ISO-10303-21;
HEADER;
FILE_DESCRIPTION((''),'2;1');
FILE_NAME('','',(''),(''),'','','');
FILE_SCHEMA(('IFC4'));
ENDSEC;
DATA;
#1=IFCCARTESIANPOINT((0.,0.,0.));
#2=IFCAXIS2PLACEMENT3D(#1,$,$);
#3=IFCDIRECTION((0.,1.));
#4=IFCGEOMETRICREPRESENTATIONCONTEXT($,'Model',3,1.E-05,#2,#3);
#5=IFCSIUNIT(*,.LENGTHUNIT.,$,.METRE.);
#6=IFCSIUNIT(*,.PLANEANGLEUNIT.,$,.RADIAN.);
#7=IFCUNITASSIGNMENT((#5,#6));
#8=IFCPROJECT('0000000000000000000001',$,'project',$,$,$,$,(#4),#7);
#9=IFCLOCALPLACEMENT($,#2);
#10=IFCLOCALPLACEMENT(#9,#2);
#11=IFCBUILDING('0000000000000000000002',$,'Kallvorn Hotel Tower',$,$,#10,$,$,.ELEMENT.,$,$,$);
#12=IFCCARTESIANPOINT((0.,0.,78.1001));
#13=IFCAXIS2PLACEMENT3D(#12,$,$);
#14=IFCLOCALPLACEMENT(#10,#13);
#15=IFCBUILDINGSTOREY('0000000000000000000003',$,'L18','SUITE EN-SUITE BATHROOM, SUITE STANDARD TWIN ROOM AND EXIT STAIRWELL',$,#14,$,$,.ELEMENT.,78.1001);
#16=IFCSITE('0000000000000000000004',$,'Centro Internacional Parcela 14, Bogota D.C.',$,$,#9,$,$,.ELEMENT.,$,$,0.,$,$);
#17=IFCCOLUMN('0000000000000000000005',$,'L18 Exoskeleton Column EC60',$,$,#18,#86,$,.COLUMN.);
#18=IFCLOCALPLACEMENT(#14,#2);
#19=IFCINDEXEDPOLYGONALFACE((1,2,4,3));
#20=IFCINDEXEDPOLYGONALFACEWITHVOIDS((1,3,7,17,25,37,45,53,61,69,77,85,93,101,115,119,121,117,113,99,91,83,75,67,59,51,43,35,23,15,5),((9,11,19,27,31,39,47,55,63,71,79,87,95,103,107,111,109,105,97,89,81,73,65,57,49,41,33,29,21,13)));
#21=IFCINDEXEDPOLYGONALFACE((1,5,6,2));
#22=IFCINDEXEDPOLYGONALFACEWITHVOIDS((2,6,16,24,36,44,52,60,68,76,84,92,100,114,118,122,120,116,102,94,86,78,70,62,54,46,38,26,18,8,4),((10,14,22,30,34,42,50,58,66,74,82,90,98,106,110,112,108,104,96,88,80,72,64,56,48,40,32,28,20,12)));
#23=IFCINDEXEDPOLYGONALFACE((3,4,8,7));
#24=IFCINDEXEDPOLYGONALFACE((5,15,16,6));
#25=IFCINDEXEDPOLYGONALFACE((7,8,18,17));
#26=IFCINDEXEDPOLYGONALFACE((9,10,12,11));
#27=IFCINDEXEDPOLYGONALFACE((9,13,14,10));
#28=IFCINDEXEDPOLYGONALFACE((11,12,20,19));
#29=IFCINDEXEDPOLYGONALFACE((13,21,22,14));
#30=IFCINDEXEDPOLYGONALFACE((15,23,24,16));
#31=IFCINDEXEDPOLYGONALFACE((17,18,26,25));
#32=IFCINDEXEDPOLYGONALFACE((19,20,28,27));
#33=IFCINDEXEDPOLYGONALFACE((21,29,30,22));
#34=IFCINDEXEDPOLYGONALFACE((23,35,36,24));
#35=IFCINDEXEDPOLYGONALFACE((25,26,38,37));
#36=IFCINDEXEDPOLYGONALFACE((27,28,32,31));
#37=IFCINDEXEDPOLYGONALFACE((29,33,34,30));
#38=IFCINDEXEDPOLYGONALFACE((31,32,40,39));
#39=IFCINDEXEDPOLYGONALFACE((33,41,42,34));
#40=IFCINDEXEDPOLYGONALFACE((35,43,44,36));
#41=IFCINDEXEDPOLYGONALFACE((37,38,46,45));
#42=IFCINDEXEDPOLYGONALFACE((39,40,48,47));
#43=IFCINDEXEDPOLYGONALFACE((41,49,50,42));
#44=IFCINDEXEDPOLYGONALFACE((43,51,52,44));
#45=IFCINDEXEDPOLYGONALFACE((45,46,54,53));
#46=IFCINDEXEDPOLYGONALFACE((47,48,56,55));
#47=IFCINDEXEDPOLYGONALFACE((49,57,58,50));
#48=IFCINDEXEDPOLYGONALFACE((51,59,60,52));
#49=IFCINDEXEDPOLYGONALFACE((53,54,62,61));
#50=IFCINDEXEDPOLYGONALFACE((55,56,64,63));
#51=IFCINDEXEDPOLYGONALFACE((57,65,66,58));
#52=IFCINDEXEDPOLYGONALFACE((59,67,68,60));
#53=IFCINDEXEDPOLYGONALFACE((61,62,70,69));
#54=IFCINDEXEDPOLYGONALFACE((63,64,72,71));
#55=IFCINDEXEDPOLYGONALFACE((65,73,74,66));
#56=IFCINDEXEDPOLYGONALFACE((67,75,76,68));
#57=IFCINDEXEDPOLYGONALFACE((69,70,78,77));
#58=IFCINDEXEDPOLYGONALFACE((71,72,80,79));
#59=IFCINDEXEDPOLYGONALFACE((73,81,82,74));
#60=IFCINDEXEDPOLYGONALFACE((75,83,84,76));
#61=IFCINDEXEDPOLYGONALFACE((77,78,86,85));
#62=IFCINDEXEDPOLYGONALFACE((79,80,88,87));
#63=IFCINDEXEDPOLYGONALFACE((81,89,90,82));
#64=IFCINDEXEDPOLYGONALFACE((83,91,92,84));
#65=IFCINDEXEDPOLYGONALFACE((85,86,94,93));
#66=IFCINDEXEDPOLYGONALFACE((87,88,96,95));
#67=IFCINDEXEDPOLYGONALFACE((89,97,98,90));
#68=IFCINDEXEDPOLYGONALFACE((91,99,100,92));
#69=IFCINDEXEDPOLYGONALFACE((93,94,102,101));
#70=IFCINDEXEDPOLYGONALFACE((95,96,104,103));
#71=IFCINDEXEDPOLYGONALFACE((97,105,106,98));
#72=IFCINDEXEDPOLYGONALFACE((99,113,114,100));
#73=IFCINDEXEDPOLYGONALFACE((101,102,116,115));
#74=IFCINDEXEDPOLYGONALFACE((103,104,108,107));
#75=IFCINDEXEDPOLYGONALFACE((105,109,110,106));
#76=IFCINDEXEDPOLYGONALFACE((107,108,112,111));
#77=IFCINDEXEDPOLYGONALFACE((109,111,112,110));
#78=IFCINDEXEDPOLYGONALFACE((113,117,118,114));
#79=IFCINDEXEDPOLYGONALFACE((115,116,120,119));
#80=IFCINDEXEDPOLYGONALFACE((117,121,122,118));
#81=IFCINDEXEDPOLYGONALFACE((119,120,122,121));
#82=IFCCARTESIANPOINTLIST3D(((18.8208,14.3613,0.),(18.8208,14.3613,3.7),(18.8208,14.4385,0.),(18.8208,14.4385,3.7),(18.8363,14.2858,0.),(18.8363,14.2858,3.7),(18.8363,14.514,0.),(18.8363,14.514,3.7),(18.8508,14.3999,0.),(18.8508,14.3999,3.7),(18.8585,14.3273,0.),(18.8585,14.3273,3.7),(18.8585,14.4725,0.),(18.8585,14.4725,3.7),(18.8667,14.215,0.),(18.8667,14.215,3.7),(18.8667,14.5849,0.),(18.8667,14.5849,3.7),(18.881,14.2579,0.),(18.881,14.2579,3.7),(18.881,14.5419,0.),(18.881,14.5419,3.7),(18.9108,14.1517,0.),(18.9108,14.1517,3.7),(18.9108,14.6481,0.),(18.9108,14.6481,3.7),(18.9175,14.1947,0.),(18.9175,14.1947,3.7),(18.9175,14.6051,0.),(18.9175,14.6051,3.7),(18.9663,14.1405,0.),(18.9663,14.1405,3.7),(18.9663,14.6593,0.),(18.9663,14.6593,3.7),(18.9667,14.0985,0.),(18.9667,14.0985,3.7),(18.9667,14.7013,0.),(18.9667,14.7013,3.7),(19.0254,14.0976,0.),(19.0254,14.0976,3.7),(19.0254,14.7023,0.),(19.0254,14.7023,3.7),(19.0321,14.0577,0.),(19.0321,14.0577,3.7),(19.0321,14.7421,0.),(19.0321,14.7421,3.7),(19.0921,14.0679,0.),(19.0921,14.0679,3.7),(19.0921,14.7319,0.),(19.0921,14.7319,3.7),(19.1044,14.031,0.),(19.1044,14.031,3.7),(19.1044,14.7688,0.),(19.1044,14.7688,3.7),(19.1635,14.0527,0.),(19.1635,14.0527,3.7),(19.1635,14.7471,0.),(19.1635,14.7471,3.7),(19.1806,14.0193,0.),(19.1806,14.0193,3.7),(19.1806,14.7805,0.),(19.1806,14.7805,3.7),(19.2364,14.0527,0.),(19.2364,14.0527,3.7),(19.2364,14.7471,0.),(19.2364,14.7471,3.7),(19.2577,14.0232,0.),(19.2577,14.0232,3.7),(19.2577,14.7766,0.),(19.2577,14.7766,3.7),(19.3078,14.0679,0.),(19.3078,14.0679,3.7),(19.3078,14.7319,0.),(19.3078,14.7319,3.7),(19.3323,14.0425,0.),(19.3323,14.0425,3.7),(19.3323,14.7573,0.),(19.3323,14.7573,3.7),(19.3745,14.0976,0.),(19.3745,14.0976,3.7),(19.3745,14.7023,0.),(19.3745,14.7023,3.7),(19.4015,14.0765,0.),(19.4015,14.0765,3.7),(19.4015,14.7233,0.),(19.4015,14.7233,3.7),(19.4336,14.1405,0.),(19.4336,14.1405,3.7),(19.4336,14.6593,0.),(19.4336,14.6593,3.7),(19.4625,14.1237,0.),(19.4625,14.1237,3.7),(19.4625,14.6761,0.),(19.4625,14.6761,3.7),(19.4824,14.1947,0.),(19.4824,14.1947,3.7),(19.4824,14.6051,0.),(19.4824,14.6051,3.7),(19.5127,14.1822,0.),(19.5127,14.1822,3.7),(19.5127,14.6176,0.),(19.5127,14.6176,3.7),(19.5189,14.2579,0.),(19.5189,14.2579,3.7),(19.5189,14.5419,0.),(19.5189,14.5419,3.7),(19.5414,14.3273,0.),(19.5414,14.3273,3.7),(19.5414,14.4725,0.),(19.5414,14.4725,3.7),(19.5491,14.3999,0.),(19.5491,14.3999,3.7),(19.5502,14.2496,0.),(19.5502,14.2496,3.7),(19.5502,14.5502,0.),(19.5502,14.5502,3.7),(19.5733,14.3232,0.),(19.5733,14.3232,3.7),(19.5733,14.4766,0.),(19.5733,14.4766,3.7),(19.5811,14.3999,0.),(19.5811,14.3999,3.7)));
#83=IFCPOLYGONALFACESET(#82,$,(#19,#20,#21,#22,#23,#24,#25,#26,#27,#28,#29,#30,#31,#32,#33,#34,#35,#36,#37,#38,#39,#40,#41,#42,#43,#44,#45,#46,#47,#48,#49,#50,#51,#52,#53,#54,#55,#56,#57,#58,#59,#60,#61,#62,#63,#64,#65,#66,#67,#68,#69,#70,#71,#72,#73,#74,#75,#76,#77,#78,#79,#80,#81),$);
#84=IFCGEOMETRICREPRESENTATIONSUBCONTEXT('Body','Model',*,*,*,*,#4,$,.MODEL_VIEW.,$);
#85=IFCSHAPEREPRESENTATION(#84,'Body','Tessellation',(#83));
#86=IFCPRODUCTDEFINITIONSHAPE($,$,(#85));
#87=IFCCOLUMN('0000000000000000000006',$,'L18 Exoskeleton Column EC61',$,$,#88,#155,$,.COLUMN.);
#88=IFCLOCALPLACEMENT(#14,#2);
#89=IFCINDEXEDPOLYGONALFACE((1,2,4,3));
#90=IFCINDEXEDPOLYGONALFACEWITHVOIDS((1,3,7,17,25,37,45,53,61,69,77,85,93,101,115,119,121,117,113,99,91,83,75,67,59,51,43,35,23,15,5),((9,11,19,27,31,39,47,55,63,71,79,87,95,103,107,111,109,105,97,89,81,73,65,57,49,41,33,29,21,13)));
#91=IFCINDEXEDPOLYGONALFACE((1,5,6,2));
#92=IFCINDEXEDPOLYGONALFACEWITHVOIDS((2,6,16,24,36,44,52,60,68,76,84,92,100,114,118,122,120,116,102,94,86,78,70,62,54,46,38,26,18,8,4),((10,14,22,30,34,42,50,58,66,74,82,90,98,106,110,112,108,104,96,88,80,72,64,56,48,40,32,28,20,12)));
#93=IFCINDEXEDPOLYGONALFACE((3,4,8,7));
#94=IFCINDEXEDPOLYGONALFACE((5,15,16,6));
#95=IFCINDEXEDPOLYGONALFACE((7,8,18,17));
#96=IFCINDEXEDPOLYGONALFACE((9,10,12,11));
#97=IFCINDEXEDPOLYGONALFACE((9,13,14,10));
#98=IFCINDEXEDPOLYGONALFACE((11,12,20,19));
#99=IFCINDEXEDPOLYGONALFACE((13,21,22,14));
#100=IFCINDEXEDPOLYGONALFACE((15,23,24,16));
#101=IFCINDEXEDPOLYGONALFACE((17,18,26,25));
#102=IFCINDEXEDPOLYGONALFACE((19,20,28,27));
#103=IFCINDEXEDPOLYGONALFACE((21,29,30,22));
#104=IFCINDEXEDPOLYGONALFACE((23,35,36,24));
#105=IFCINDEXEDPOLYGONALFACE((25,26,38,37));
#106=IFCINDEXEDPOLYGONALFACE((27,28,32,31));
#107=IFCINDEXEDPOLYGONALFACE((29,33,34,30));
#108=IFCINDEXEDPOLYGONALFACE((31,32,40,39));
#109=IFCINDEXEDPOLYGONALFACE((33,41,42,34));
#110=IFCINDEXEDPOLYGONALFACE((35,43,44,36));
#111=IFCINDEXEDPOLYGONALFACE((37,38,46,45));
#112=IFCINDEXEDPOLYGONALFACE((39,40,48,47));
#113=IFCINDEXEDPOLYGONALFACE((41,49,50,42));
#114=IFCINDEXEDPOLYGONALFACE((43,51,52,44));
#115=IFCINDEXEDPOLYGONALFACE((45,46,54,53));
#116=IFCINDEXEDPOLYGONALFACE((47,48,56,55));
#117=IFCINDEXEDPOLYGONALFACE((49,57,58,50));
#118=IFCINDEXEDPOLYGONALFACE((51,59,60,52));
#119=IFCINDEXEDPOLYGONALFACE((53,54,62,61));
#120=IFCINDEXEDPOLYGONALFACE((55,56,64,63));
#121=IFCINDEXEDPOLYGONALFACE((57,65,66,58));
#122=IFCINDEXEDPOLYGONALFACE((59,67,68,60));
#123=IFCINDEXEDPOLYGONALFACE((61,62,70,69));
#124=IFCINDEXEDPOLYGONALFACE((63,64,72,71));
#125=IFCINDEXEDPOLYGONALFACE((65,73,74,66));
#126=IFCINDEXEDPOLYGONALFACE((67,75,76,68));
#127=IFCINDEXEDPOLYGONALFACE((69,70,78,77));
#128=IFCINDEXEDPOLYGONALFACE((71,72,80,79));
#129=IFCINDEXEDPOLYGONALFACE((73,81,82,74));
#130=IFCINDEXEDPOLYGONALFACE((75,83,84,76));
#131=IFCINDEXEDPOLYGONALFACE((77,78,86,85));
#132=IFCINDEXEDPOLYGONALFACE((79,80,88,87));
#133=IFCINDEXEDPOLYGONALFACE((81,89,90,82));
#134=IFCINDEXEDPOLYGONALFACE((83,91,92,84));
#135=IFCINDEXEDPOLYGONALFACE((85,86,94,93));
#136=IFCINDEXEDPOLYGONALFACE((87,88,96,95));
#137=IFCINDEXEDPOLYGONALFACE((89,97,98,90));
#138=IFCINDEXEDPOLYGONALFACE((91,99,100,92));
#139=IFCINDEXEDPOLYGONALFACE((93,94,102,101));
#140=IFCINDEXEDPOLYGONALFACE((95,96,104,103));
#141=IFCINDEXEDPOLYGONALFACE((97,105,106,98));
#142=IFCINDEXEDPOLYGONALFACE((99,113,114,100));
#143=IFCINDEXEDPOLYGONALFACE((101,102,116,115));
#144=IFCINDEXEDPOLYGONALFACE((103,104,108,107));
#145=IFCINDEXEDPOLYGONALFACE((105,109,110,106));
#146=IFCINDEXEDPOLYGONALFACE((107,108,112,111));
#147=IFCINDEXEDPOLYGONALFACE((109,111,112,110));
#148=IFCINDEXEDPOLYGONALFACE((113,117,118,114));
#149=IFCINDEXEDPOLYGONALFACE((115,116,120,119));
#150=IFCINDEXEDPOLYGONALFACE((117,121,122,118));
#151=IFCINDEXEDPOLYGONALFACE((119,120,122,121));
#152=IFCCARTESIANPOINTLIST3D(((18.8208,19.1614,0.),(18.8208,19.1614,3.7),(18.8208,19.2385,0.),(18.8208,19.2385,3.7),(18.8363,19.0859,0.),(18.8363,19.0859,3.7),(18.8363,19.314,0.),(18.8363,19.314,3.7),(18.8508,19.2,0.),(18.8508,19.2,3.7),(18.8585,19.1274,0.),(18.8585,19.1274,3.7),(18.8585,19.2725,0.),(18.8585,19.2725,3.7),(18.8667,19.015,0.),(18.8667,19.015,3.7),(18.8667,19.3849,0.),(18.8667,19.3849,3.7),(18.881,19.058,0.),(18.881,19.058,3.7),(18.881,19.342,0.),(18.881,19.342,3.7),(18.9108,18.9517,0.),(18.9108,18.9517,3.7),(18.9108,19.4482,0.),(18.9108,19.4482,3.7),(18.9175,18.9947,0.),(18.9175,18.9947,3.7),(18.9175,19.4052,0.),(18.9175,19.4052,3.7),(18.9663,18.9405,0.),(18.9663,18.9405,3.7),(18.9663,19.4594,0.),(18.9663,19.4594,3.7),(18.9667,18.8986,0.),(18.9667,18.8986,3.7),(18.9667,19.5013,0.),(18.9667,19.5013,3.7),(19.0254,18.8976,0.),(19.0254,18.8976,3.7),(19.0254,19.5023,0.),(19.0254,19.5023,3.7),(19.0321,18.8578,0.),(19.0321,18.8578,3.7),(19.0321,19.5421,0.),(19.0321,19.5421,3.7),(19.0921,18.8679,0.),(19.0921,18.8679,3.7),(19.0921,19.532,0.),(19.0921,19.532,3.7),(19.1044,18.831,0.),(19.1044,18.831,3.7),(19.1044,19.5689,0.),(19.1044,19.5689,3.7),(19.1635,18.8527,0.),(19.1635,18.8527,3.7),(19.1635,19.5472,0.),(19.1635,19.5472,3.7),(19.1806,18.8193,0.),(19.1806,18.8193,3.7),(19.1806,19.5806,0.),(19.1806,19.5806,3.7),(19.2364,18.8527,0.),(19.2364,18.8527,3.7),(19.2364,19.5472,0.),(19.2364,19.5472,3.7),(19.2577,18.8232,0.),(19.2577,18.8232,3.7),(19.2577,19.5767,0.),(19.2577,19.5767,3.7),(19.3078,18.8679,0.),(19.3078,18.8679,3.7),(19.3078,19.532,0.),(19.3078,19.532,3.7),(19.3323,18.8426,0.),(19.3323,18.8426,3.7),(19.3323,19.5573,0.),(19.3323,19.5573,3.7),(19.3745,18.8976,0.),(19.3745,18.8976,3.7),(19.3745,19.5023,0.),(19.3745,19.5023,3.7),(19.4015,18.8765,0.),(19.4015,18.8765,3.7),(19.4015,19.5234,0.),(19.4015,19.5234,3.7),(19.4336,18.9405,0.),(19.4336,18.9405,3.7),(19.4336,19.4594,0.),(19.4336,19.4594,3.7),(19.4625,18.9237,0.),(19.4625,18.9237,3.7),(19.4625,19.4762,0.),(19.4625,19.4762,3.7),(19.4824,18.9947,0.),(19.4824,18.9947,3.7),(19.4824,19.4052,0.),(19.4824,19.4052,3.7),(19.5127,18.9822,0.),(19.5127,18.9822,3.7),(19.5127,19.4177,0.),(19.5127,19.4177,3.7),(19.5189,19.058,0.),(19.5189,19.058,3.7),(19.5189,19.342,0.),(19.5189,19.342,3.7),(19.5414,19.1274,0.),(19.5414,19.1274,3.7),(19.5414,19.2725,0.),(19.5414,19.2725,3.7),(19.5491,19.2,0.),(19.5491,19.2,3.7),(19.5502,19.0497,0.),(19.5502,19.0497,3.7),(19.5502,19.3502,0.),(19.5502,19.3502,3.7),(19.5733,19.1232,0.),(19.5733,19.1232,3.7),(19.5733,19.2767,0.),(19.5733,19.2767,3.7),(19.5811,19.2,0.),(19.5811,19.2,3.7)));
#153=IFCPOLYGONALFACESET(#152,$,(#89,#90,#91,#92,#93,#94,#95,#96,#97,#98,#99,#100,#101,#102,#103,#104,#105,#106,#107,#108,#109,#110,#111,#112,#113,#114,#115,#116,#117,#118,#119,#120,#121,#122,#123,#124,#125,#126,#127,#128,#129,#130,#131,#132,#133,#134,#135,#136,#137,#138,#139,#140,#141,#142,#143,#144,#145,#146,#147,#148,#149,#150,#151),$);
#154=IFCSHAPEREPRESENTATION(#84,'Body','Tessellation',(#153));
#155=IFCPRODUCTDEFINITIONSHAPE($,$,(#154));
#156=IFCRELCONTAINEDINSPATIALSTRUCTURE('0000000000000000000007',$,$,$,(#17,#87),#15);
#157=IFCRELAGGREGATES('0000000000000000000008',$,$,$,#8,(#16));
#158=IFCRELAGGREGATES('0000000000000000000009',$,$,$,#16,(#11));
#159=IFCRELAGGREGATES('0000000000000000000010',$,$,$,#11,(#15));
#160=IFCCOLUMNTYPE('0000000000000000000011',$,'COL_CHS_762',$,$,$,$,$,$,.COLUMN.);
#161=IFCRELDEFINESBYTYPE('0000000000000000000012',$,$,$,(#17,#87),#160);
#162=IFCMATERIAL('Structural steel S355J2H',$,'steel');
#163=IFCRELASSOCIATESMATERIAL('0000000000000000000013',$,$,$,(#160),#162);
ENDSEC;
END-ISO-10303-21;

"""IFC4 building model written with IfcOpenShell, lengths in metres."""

from ifc_helpers import new_model, si_unit, direction, frame, origin, origin_2d, place, context, subcontext, project, spatial, hollow_circle, extrude, material, material_profile, profile_set, type_object, element, save


model = new_model("IFC4")

# Units and contexts
model_context = context("Model", 3, precision=1e-05, world=origin(), true_north=direction((0.0, 1.0)))
body_context = subcontext(model_context, "Body", "Model", "MODEL_VIEW")
ifc_project = project(units=[si_unit("LENGTHUNIT", "METRE"), si_unit("PLANEANGLEUNIT", "RADIAN")], contexts=[model_context])

# Site, building, storey
site_placement = place(None, origin())
site = spatial("IfcSite", under=ifc_project, at=site_placement, Name="Centro Internacional Parcela 14, Bogota D.C.", CompositionType="ELEMENT", RefElevation=0.0)
building_placement = place(site_placement, origin())
building = spatial("IfcBuilding", under=site, at=building_placement, Name="Kallvorn Hotel Tower", CompositionType="ELEMENT")
storey_placement = place(building_placement, frame((0.0, 0.0, 78.1001)))
storey = spatial("IfcBuildingStorey", under=building, at=storey_placement, Name="L18", Description="SUITE EN-SUITE BATHROOM, SUITE STANDARD TWIN ROOM AND EXIT STAIRWELL", CompositionType="ELEMENT", Elevation=78.1001)

# Columns
ifc_material_1 = material(Name="Structural steel S355J2H", Category="steel")
ifc_material_profile_1 = material_profile(ifc_material_1, hollow_circle(Radius=0.3811, WallThickness=0.032, at=origin_2d()), Name="CHS 762x32")
ifc_profile_set_1 = profile_set([ifc_material_profile_1], Name="Structural steel S355J2H")
column_type_1 = type_object("IfcColumnType", Name="COL_CHS_762", PredefinedType="COLUMN", material=ifc_profile_set_1)
for number, where, z_axis, x_axis, name in (
    (1, (19.2, 14.3999, 0.0), (0.0, 0.0, 1.0), (1.0, 0.0, 0.0), "L18 Exoskeleton Column EC60"),
    (2, (19.2, 19.2, 0.0), (0.0, 0.0, 1.0), (1.0, 0.0, 0.0), "L18 Exoskeleton Column EC61"),
):
    element("IfcColumn", number, at=place(storey_placement, frame(where, z_axis=z_axis, x_axis=x_axis)), inside=storey, type_object=column_type_1, Name=name, PredefinedType="COLUMN", context=body_context, shape_type="SweptSolid", body=[
        extrude(hollow_circle(Radius=0.3811, WallThickness=0.032, at=origin_2d()), origin(), (0.0, 0.0, 1.0), 3.7),
    ])

save(model, "model.ifc")
